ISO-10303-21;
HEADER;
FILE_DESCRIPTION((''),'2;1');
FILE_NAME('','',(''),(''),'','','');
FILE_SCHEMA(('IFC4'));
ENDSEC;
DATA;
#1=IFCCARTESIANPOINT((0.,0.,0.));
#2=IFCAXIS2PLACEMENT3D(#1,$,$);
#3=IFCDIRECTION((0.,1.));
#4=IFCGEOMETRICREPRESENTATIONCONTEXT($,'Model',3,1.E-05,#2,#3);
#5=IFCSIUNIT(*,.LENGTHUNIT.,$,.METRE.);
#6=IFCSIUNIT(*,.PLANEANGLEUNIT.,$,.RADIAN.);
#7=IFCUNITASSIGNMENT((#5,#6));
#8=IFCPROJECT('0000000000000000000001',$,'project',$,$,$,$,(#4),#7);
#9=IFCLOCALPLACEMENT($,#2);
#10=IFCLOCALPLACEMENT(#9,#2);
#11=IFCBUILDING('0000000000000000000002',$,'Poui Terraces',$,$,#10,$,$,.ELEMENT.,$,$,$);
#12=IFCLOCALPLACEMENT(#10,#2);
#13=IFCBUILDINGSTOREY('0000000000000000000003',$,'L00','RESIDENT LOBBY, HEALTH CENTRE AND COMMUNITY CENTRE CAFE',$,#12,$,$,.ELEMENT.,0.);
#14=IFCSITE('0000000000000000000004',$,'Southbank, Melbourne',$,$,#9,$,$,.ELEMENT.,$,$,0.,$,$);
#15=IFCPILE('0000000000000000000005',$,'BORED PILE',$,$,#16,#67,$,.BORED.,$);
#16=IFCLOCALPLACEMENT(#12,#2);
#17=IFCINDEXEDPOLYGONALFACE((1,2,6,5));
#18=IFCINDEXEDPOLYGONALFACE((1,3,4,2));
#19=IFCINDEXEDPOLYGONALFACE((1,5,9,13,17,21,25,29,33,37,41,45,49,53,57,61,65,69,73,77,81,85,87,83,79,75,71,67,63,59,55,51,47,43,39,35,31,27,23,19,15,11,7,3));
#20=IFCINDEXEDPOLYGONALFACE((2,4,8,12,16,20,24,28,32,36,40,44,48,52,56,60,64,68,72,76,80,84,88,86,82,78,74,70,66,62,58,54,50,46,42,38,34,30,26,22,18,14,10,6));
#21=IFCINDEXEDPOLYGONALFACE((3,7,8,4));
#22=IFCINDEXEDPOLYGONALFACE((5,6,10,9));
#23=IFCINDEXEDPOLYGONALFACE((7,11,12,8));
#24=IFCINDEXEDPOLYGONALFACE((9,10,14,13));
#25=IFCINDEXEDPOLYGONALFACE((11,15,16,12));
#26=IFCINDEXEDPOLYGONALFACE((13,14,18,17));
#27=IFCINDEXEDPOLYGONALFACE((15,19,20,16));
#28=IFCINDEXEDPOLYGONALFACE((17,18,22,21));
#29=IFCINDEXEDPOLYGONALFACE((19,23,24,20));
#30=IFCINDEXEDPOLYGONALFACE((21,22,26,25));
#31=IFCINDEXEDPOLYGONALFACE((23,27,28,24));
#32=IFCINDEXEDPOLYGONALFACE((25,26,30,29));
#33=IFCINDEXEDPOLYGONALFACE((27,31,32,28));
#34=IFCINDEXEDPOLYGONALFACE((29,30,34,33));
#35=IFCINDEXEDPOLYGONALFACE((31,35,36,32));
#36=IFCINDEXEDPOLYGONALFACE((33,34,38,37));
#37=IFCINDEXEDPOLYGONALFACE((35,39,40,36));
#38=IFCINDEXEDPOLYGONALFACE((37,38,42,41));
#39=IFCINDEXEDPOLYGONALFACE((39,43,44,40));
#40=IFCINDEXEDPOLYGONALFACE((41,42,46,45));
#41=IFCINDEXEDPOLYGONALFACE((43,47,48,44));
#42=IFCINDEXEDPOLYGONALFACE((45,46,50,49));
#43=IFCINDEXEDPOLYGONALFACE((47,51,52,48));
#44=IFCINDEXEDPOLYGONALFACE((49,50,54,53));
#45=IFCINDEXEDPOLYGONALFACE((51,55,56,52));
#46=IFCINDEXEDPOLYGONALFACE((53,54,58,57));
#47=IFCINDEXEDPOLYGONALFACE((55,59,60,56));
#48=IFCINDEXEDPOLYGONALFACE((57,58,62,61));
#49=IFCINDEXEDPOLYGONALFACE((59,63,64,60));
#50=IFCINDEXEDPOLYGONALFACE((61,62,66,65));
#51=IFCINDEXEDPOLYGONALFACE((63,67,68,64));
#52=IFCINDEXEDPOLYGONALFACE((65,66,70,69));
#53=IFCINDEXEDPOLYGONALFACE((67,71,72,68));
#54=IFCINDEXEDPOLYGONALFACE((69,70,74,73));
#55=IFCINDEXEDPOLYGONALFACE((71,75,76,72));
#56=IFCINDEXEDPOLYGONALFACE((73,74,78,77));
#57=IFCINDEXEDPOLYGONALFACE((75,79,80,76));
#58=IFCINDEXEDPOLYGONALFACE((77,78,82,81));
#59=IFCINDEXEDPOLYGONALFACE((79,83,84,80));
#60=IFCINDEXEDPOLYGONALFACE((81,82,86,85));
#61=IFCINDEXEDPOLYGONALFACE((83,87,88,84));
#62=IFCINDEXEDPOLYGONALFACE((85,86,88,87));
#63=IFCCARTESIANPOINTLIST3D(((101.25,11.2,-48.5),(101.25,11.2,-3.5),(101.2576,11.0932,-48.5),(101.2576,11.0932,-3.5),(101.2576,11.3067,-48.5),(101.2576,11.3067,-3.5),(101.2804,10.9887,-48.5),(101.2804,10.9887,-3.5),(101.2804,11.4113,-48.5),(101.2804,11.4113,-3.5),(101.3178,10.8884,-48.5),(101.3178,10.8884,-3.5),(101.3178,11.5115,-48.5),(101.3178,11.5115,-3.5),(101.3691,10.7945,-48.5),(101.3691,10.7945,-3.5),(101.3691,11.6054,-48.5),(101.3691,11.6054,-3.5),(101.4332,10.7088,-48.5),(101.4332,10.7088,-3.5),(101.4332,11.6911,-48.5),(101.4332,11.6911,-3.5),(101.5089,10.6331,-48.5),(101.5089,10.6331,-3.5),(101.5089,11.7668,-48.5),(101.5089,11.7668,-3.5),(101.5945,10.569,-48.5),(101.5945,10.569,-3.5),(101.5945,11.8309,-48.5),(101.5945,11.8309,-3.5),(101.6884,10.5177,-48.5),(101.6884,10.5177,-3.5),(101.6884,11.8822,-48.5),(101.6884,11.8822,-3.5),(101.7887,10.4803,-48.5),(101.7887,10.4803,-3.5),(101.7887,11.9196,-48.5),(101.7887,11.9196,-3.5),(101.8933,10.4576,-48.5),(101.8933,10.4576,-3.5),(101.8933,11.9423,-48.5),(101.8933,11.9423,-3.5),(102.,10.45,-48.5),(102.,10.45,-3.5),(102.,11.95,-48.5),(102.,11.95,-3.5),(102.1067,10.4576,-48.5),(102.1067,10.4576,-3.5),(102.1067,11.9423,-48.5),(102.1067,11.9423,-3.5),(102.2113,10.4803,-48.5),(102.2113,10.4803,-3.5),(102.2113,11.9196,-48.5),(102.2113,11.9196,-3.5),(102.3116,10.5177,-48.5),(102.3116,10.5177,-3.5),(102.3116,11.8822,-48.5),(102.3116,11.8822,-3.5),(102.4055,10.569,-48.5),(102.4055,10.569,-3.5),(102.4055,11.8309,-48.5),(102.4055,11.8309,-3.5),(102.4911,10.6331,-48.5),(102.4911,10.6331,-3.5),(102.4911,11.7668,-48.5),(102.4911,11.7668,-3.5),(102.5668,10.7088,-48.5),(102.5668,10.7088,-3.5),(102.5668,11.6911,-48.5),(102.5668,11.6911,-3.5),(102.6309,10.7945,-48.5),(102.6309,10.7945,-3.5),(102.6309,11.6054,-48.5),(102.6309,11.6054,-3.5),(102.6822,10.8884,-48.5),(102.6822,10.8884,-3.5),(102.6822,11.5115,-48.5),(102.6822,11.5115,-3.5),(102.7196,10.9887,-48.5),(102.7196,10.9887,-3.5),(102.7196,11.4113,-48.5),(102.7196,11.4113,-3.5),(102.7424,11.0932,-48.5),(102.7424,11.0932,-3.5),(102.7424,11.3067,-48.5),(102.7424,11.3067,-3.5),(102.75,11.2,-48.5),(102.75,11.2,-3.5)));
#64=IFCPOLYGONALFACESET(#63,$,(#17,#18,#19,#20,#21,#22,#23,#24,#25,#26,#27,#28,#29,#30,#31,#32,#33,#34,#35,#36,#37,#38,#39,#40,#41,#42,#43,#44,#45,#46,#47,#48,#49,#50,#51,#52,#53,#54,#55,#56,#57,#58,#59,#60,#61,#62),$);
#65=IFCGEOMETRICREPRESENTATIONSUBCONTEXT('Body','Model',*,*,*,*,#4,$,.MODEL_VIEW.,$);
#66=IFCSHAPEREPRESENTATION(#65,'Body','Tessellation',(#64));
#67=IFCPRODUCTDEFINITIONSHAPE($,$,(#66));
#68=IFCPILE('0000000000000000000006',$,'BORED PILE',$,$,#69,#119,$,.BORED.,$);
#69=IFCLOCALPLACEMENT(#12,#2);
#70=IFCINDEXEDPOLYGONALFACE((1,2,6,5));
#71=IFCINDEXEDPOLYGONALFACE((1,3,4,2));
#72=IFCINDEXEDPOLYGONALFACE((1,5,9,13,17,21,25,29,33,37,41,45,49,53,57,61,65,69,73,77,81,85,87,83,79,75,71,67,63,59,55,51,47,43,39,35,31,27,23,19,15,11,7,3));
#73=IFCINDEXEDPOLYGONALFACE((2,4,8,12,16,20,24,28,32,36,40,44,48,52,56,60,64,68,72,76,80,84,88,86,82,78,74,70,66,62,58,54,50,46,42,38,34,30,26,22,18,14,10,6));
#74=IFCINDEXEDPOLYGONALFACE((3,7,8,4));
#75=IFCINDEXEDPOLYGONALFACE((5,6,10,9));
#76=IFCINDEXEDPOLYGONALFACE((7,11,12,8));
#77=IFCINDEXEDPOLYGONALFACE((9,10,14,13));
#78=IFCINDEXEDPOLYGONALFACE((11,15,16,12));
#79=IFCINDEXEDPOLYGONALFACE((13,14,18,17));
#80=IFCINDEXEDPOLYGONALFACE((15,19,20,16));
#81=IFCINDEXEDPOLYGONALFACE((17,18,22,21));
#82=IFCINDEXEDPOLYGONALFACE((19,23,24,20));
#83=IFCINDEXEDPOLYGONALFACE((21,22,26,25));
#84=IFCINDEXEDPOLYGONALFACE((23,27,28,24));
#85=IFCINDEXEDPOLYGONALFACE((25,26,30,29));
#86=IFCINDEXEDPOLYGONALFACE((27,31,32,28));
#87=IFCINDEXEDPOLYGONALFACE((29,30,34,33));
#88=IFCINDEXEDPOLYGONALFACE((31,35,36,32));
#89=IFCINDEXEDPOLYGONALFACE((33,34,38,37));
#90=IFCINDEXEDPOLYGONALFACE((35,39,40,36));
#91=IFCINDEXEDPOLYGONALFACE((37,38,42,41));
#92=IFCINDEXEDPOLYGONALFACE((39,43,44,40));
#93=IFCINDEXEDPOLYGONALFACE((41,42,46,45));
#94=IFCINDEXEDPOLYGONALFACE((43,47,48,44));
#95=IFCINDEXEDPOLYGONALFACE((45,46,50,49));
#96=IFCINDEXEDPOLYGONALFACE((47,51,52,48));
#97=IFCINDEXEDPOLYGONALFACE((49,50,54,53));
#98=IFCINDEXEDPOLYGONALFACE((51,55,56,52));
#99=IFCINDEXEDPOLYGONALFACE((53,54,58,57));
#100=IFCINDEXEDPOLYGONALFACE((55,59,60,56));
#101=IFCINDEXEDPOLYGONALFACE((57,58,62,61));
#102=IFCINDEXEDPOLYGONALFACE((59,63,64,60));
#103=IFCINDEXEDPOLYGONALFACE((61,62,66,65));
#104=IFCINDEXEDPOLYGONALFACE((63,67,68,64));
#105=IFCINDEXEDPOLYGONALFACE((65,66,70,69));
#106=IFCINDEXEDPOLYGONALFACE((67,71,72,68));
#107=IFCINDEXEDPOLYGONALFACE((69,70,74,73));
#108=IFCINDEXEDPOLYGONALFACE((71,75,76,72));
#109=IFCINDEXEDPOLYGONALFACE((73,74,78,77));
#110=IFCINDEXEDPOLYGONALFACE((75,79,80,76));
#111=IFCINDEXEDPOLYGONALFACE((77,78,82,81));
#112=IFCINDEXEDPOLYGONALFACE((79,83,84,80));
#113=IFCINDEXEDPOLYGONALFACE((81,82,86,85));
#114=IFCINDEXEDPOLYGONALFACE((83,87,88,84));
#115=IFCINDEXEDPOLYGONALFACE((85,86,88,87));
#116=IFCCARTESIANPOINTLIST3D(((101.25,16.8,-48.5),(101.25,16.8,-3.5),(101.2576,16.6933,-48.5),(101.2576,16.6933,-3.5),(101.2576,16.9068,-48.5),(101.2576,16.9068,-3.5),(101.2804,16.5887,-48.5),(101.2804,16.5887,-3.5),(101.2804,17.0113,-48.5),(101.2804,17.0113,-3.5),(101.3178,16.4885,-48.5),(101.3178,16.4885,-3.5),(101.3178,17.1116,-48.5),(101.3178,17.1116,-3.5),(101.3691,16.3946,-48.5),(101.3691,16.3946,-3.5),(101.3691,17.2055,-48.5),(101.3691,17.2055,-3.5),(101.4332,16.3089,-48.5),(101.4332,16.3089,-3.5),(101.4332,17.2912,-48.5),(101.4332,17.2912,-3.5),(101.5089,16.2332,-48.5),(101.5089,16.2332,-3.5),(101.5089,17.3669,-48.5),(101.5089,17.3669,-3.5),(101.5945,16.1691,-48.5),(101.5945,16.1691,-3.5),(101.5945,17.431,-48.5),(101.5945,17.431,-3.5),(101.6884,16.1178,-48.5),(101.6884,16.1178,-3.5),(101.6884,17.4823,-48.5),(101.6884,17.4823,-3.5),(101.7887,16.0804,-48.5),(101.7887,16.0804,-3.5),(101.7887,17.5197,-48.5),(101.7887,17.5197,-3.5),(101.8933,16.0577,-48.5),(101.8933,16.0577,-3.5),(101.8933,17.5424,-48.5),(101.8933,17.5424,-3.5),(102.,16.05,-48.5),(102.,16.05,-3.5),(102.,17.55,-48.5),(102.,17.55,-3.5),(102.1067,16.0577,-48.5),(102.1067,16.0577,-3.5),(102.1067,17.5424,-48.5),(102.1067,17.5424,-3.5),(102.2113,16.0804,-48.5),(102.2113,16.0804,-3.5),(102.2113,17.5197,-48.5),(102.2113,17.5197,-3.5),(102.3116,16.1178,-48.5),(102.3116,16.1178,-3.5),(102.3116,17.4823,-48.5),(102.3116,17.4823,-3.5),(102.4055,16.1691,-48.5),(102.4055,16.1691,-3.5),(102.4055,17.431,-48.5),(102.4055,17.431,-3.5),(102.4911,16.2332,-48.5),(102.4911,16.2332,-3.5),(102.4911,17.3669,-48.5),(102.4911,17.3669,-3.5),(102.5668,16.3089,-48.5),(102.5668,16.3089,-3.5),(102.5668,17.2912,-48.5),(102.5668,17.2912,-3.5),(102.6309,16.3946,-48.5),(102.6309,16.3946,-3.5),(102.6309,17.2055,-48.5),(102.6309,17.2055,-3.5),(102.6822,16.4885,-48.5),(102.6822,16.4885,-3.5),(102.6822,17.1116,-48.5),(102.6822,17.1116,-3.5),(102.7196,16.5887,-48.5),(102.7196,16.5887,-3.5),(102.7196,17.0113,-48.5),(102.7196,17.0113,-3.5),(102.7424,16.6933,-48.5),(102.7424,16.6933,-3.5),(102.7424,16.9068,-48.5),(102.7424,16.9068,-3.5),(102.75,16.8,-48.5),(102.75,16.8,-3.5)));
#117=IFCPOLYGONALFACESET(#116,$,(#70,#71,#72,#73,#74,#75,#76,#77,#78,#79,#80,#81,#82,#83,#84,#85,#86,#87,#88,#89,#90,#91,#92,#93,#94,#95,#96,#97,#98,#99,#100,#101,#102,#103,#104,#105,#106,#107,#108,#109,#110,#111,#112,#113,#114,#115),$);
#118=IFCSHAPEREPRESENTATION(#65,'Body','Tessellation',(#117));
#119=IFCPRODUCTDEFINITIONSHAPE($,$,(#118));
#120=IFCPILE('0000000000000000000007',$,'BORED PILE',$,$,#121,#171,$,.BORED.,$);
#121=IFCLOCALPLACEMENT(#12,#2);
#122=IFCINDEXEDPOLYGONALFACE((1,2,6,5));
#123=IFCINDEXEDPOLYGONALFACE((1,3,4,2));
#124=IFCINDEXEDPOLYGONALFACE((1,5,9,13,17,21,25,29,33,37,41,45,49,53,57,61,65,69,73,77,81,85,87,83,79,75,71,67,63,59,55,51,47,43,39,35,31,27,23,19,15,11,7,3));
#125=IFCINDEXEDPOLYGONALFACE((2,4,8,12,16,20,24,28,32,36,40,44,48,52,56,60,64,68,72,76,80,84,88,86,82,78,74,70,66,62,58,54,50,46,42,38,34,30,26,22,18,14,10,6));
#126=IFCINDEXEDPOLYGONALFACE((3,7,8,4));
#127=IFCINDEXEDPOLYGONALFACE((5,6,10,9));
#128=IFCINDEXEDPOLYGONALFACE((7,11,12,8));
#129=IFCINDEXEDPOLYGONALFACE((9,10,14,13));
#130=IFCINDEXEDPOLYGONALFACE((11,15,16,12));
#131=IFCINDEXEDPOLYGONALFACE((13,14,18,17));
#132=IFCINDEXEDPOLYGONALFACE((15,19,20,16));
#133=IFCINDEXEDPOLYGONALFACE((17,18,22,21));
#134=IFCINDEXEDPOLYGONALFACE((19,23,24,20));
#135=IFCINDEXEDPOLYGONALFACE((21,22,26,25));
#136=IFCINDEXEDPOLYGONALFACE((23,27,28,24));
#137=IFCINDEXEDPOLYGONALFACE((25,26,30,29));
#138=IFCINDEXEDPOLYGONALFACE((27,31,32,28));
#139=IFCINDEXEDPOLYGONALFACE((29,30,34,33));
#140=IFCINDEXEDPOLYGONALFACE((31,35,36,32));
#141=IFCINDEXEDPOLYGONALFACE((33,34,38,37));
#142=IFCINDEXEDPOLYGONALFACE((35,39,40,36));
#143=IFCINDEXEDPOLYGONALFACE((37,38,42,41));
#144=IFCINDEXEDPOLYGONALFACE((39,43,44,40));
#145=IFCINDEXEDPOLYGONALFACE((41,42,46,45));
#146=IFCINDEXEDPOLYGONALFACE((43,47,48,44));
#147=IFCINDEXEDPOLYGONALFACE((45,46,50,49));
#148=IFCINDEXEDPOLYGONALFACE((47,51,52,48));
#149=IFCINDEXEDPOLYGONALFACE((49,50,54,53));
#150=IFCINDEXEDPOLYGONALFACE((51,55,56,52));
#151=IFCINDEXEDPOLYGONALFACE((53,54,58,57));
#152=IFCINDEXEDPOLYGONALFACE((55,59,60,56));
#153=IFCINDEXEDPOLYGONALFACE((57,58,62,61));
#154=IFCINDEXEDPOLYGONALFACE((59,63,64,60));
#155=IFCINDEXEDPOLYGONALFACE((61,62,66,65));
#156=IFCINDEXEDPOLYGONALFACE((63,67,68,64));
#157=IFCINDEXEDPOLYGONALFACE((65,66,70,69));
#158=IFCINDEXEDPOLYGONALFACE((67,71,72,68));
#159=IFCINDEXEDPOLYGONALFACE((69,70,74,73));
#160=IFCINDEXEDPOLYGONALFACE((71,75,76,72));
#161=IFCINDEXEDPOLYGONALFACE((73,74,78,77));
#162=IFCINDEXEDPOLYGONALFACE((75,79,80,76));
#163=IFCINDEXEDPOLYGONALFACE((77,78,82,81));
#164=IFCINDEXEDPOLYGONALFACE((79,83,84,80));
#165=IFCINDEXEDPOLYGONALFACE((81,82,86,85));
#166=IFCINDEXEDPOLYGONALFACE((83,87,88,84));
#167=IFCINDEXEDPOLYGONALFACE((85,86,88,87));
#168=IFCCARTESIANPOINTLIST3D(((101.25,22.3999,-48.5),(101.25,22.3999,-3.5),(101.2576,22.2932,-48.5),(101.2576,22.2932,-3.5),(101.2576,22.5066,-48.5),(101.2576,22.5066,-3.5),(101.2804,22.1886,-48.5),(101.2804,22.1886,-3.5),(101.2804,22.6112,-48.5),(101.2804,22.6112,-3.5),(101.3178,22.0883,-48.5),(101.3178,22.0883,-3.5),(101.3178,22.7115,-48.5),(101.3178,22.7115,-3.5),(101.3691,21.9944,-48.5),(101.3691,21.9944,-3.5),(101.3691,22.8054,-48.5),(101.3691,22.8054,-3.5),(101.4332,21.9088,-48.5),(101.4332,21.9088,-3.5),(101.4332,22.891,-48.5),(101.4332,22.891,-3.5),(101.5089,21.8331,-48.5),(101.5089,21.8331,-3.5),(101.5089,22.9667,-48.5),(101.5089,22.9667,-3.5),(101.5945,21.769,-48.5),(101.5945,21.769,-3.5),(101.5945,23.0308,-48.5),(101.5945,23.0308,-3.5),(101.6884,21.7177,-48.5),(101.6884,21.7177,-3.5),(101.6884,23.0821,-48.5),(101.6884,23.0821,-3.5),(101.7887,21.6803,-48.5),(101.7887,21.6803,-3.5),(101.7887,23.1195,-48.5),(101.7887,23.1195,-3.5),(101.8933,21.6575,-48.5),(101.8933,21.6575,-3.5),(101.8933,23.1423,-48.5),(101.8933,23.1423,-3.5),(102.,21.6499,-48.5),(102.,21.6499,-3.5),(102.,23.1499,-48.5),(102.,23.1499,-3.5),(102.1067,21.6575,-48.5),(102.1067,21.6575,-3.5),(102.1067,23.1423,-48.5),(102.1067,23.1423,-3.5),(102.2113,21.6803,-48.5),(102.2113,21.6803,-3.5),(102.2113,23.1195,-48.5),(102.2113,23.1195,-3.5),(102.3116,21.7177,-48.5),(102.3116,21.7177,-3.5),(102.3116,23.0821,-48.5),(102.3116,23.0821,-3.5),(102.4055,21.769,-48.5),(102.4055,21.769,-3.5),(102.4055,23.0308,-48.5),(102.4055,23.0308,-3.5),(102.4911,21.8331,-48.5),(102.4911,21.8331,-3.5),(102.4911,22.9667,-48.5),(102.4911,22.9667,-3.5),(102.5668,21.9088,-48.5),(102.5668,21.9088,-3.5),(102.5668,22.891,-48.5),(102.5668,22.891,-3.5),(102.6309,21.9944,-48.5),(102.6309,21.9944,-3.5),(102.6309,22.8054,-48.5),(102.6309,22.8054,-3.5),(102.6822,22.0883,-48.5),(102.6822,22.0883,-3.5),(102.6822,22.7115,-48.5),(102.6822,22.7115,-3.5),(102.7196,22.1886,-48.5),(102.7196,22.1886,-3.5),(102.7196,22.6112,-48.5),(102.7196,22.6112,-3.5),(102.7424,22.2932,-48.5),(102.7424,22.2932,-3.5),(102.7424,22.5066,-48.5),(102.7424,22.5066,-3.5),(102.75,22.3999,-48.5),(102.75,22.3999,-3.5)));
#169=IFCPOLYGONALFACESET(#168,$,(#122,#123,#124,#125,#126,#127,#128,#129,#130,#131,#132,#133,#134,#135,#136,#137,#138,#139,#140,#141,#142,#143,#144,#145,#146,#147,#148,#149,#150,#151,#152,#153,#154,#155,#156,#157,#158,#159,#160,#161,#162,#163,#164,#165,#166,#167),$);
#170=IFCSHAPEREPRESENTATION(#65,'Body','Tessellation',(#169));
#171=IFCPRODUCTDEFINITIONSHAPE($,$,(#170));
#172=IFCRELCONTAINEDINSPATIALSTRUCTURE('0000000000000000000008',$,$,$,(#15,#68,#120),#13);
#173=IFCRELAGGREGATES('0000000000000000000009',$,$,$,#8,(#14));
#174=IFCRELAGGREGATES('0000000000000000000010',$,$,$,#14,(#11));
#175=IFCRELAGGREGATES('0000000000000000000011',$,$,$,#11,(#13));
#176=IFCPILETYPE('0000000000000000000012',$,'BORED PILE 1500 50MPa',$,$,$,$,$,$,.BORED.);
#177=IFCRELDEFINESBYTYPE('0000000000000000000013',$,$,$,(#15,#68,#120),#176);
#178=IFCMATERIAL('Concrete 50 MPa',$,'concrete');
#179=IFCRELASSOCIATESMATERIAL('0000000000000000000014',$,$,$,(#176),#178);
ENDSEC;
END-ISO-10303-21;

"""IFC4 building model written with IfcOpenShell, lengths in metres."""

from ifc_helpers import new_model, si_unit, direction, frame, origin, origin_2d, place, context, subcontext, project, spatial, circle, extrude, material, material_profile, profile_set, type_object, element, save


model = new_model("IFC4")

# Units and contexts
model_context = context("Model", 3, precision=1e-05, world=origin(), true_north=direction((0.0, 1.0)))
body_context = subcontext(model_context, "Body", "Model", "MODEL_VIEW")
ifc_project = project(units=[si_unit("LENGTHUNIT", "METRE"), si_unit("PLANEANGLEUNIT", "RADIAN")], contexts=[model_context])

# Site, building, storey
site_placement = place(None, origin())
site = spatial("IfcSite", under=ifc_project, at=site_placement, Name="Southbank, Melbourne", CompositionType="ELEMENT", RefElevation=0.0)
building_placement = place(site_placement, origin())
building = spatial("IfcBuilding", under=site, at=building_placement, Name="Poui Terraces", CompositionType="ELEMENT")
storey_placement = place(building_placement, origin())
storey = spatial("IfcBuildingStorey", under=building, at=storey_placement, Name="L00", Description="RESIDENT LOBBY, HEALTH CENTRE AND COMMUNITY CENTRE CAFE", CompositionType="ELEMENT", Elevation=0.0)

# Piles
ifc_material_1 = material(Name="Concrete 50 MPa", Category="concrete")
ifc_material_profile_1 = material_profile(ifc_material_1, circle(Radius=0.75, at=origin_2d()), Name="RC D1500")
ifc_profile_set_1 = profile_set([ifc_material_profile_1], Name="Concrete 50 MPa")
pile_type = type_object("IfcPileType", Name="BORED PILE 1500 50MPa", PredefinedType="BORED", material=ifc_profile_set_1)
for number, where, z_axis, x_axis, name in (
    (1, (102.0, 11.2, -3.5), (0.0, 0.0, -1.0), (1.0, 0.0, 0.0), "BORED PILE"),
    (2, (102.0, 16.8, -3.5), (0.0, 0.0, -1.0), (1.0, 0.0, 0.0), "BORED PILE"),
    (3, (102.0, 22.3999, -3.5), (0.0, 0.0, -1.0), (1.0, 0.0, 0.0), "BORED PILE"),
):
    element("IfcPile", number, at=place(storey_placement, frame(where, z_axis=z_axis, x_axis=x_axis)), inside=storey, type_object=pile_type, Name=name, PredefinedType="BORED", context=body_context, shape_type="SweptSolid", body=[
        extrude(circle(Radius=0.75, at=origin_2d()), origin(), (0.0, 0.0, 1.0), 45.0),
    ])

save(model, "model.ifc")
